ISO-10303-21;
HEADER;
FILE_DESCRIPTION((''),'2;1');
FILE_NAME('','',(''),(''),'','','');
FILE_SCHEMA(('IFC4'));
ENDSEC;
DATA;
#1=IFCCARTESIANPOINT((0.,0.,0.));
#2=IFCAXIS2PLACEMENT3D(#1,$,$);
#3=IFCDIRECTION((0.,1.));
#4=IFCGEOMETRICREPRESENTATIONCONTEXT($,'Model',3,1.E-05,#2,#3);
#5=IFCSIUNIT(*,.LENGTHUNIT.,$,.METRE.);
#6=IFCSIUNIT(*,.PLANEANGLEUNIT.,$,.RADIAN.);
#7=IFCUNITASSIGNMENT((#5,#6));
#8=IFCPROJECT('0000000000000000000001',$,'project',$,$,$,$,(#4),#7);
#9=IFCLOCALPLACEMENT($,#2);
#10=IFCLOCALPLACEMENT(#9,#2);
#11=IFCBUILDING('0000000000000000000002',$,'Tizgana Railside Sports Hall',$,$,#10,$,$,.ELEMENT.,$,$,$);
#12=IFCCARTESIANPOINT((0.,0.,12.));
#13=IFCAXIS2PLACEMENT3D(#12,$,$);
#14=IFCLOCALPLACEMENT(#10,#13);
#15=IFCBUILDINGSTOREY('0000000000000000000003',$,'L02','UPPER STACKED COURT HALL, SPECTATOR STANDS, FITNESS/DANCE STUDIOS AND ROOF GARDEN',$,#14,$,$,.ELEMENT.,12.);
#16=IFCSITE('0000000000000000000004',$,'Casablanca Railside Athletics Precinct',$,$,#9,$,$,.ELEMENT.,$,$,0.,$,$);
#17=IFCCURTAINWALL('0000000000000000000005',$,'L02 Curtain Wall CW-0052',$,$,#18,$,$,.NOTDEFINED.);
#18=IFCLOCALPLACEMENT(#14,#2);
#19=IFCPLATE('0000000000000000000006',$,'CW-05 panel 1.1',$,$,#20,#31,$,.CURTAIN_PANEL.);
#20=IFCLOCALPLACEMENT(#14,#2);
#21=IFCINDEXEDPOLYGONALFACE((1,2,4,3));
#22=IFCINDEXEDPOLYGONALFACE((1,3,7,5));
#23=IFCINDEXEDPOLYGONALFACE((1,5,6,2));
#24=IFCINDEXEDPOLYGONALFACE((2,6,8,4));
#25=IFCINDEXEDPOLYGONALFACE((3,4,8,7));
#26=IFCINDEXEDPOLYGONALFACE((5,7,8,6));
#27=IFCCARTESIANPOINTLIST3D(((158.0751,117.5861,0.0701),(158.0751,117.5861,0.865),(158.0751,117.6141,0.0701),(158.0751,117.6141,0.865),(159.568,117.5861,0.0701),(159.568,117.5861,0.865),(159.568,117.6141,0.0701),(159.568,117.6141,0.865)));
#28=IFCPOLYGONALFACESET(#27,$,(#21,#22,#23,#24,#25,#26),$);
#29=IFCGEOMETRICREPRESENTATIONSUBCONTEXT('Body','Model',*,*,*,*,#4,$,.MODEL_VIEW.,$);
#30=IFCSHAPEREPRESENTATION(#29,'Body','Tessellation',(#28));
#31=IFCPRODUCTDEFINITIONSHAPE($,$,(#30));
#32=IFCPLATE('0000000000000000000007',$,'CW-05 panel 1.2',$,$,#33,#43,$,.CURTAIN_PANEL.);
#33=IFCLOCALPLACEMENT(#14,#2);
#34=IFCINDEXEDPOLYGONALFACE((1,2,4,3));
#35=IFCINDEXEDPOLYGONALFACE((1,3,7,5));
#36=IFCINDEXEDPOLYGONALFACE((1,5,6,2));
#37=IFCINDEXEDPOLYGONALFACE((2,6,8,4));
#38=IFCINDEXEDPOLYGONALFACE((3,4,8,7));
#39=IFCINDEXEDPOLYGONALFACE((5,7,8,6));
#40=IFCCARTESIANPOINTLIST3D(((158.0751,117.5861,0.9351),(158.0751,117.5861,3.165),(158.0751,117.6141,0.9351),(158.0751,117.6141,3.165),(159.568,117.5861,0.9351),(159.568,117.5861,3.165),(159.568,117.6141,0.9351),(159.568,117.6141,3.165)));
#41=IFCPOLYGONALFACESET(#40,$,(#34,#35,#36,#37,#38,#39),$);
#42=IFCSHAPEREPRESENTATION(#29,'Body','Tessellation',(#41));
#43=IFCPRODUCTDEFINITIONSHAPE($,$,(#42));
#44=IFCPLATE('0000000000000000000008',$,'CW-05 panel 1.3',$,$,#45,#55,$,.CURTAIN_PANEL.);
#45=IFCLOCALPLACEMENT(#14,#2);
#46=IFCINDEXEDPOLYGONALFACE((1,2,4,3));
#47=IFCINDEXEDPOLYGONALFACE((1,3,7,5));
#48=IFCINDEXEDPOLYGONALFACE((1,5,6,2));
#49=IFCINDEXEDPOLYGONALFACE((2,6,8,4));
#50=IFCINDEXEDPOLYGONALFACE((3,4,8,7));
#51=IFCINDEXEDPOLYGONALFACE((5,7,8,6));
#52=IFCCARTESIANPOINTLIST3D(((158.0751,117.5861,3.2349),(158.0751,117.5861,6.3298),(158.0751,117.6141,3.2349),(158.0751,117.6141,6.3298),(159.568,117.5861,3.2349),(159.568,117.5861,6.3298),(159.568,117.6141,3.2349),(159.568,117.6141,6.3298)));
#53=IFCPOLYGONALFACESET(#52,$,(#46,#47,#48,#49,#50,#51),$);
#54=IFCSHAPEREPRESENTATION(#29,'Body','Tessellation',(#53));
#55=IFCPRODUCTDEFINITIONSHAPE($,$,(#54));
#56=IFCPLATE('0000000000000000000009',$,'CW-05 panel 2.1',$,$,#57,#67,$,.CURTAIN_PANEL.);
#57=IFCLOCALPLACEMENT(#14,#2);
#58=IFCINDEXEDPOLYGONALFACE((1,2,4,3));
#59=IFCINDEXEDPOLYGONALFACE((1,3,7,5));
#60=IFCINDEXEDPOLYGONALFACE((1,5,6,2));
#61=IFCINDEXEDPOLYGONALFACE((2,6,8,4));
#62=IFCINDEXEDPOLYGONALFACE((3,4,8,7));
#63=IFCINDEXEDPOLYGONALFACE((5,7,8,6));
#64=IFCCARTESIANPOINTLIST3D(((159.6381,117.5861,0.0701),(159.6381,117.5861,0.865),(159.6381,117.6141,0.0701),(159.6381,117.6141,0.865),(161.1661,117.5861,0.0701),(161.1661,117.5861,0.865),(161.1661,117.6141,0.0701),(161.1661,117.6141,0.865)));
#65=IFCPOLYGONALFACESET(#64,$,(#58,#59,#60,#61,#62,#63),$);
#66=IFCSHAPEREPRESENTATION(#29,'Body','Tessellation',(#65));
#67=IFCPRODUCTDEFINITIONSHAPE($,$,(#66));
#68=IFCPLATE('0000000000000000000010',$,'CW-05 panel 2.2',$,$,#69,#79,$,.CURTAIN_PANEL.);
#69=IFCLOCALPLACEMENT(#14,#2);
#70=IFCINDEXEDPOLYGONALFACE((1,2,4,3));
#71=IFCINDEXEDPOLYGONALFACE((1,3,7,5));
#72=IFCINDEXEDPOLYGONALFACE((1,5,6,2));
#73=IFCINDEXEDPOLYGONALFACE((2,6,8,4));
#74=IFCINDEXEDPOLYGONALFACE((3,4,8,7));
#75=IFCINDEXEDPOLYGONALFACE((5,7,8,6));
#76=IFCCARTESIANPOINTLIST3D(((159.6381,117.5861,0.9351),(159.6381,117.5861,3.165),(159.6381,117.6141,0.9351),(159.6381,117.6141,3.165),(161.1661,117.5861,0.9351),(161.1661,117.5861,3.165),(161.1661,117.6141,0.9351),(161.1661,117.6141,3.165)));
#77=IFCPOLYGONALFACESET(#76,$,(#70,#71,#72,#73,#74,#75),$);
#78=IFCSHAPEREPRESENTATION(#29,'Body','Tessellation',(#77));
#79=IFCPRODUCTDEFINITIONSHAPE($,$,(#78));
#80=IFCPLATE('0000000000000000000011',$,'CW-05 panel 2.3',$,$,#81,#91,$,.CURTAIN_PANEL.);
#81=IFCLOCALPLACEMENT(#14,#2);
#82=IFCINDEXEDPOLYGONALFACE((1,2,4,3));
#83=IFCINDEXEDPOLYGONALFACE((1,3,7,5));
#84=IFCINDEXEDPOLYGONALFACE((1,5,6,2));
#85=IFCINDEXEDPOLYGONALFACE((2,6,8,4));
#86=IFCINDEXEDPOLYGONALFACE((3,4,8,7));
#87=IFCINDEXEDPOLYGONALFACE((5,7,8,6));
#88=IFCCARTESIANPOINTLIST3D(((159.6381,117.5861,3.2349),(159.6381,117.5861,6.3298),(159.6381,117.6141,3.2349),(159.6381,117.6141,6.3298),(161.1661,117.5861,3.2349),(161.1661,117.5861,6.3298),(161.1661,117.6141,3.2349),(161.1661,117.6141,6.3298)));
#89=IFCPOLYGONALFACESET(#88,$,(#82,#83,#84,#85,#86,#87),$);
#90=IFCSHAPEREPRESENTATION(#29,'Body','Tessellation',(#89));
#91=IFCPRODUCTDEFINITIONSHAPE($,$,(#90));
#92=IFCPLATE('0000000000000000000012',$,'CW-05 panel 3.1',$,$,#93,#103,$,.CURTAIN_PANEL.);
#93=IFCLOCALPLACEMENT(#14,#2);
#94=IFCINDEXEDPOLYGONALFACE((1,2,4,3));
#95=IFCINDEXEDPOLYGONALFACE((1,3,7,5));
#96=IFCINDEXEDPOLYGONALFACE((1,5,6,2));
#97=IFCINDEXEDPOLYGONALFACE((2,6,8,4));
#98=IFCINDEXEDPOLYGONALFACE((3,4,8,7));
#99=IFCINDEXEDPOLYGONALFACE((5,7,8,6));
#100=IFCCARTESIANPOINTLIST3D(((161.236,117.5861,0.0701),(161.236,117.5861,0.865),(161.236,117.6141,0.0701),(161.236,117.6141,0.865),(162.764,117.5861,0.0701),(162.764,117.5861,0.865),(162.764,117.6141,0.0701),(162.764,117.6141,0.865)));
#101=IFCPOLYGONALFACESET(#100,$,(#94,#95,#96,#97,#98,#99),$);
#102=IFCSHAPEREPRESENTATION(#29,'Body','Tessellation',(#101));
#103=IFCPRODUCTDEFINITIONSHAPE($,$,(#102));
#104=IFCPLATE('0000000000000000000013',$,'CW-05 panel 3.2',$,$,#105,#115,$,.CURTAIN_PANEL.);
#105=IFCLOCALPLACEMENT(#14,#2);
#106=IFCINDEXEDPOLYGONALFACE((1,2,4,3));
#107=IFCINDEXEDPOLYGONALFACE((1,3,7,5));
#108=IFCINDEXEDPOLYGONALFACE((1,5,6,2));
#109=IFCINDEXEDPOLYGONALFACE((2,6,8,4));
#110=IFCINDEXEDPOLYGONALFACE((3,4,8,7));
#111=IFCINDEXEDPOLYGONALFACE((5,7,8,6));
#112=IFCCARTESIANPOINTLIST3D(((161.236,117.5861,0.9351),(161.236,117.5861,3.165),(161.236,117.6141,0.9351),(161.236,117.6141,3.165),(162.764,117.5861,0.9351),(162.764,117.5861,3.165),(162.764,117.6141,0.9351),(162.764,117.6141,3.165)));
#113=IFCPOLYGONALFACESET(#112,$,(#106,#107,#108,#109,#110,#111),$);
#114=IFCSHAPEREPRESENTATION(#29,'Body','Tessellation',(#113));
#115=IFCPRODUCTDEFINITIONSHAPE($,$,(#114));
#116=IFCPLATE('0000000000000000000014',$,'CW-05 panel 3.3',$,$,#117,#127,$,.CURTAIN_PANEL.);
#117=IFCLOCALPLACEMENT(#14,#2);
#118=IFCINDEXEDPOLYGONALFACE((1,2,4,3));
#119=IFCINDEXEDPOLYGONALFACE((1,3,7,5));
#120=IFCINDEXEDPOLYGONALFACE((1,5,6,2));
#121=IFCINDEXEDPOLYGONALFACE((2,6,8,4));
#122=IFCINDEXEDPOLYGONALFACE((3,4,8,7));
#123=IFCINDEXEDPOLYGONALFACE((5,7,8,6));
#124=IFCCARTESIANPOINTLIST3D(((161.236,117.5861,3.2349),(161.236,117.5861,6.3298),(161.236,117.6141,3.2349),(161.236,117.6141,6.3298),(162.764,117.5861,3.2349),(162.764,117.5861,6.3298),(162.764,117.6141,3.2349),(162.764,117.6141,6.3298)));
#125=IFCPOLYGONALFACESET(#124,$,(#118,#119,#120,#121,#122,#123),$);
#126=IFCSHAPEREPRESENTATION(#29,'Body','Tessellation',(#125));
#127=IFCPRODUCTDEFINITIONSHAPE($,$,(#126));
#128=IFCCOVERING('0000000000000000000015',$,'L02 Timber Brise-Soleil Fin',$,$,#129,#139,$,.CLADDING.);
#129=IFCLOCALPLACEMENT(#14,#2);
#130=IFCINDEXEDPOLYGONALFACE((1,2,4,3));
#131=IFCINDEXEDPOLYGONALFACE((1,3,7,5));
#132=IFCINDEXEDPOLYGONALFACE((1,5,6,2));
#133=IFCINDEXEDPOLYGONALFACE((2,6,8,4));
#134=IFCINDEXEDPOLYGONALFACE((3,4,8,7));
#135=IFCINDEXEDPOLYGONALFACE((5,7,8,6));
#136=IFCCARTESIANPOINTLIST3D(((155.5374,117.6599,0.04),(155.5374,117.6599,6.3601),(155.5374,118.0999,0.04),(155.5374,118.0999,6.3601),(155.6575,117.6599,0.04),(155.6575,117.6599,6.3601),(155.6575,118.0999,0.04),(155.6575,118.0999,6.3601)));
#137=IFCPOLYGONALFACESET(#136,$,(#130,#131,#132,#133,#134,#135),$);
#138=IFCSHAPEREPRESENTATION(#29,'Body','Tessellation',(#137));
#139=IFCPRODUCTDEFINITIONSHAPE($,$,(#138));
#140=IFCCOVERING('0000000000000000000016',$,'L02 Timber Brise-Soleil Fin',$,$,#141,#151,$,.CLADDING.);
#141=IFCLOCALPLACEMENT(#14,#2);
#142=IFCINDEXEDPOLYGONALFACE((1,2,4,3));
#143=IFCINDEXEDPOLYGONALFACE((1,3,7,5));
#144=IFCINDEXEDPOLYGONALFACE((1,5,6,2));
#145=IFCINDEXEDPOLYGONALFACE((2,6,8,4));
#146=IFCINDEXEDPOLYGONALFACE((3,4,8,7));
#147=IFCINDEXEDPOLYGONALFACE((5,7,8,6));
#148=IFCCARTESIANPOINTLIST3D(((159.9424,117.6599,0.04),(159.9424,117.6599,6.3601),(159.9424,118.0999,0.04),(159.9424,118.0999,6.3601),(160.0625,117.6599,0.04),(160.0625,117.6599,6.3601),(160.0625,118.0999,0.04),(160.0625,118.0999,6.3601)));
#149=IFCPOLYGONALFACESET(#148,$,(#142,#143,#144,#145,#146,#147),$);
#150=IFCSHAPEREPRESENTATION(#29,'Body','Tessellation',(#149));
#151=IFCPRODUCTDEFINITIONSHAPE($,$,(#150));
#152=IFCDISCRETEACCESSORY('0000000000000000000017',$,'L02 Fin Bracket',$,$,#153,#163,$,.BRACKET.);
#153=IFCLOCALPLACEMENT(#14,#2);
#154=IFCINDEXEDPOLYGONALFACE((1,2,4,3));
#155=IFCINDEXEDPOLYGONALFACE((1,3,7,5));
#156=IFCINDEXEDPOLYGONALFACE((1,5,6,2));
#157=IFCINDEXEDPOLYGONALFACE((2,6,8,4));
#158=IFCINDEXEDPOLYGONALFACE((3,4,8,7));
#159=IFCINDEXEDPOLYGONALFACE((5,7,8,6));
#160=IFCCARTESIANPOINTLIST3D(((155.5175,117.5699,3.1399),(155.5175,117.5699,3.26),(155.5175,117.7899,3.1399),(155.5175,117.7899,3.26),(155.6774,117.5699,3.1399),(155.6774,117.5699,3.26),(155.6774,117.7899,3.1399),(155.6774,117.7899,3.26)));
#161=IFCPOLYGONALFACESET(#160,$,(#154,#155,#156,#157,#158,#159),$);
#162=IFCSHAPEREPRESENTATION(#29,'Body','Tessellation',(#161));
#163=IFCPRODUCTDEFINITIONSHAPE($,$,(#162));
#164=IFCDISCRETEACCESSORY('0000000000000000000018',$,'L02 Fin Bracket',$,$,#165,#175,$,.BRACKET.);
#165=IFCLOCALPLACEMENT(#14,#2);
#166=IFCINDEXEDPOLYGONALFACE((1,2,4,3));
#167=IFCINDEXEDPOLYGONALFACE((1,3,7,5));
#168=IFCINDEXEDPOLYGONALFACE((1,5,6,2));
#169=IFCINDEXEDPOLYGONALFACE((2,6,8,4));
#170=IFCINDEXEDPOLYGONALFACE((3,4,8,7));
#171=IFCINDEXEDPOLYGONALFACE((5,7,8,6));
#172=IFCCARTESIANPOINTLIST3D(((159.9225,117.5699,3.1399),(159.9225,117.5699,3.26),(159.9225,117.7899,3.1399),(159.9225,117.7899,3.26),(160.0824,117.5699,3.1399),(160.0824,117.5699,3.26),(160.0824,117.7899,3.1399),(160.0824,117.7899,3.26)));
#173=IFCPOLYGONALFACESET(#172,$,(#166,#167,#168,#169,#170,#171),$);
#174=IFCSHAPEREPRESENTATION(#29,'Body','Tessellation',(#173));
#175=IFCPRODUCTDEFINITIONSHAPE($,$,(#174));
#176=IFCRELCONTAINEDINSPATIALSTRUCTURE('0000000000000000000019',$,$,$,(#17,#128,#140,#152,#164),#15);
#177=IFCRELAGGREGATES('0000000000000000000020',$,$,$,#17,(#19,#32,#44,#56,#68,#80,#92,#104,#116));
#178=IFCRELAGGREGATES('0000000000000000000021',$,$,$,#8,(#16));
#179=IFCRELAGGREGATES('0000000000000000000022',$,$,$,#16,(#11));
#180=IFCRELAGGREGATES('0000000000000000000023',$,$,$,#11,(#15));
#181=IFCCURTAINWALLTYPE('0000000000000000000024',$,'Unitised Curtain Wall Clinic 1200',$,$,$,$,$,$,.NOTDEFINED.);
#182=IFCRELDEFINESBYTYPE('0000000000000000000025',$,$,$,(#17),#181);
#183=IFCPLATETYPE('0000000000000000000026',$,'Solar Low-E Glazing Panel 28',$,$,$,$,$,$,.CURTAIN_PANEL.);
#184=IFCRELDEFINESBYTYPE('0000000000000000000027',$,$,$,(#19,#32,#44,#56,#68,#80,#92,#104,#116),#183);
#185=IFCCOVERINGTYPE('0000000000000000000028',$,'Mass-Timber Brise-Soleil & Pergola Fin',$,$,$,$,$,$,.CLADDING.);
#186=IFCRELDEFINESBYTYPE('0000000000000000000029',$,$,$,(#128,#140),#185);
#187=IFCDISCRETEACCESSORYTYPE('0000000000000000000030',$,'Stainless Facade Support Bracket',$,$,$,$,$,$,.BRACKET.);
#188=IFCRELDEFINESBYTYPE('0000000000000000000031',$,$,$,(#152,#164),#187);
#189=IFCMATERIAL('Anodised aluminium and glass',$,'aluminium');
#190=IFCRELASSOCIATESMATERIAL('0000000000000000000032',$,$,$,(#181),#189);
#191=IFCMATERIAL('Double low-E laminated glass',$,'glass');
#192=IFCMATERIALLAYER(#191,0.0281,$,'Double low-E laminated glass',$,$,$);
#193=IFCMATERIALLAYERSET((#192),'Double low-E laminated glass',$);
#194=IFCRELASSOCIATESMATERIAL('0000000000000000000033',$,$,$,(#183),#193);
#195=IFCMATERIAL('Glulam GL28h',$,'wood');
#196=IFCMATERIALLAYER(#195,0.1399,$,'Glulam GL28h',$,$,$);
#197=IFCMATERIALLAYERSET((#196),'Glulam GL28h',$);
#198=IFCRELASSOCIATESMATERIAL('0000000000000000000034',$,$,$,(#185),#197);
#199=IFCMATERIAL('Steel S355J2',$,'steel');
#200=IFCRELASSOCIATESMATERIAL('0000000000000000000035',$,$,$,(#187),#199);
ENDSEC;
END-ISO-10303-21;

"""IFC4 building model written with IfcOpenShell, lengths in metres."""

from ifc_helpers import new_model, si_unit, direction, frame, origin, origin_2d, place, context, subcontext, project, spatial, rectangle, extrude, material, layer, layer_set, type_object, element, aggregate, save


model = new_model("IFC4")

# Units and contexts
model_context = context("Model", 3, precision=1e-05, world=origin(), true_north=direction((0.0, 1.0)))
body_context = subcontext(model_context, "Body", "Model", "MODEL_VIEW")
ifc_project = project(units=[si_unit("LENGTHUNIT", "METRE"), si_unit("PLANEANGLEUNIT", "RADIAN")], contexts=[model_context])

# Site, building, storey
site_placement = place(None, origin())
site = spatial("IfcSite", under=ifc_project, at=site_placement, Name="Casablanca Railside Athletics Precinct", CompositionType="ELEMENT", RefElevation=0.0)
building_placement = place(site_placement, origin())
building = spatial("IfcBuilding", under=site, at=building_placement, Name="Tizgana Railside Sports Hall", CompositionType="ELEMENT")
storey_placement = place(building_placement, frame((0.0, 0.0, 12.0)))
storey = spatial("IfcBuildingStorey", under=building, at=storey_placement, Name="L02", Description="UPPER STACKED COURT HALL, SPECTATOR STANDS, FITNESS/DANCE STUDIOS AND ROOF GARDEN", CompositionType="ELEMENT", Elevation=12.0)

# Shared definitions
ifc_material_1 = material(Name="Steel S355J2", Category="steel")

# Curtain wall
ifc_material_2 = material(Name="Anodised aluminium and glass", Category="aluminium")
curtain_wall_type_1 = type_object("IfcCurtainWallType", Name="Unitised Curtain Wall Clinic 1200", PredefinedType="NOTDEFINED", material=ifc_material_2)
curtain_wall_1_placement = place(storey_placement, origin())
curtain_wall_1 = element("IfcCurtainWall", 1, at=curtain_wall_1_placement, inside=storey, type_object=curtain_wall_type_1, Name="L02 Curtain Wall CW-0052", PredefinedType="NOTDEFINED")

# Plates
ifc_material_3 = material(Name="Double low-E laminated glass", Category="glass")
ifc_layer_1 = layer(ifc_material_3, 0.0281, Name="Double low-E laminated glass")
ifc_layer_set_1 = layer_set([ifc_layer_1], Name="Double low-E laminated glass")
plate_type_1 = type_object("IfcPlateType", Name="Solar Low-E Glazing Panel 28", PredefinedType="CURTAIN_PANEL", material=ifc_layer_set_1)
plate_1_placement = place(storey_placement, frame((158.8215, 117.6001, 0.0701), z_axis=(0.0, 0.0, 1.0), x_axis=(1.0, 0.0, 0.0)))
plate_1 = element("IfcPlate", 2, at=plate_1_placement, type_object=plate_type_1, Name="CW-05 panel 1.1", PredefinedType="CURTAIN_PANEL", context=body_context, shape_type="SweptSolid", body=[
    extrude(rectangle(XDim=1.4929, YDim=0.0281, at=origin_2d()), origin(), (0.0, 0.0, 1.0), 0.7949),
])
plate_2_placement = place(storey_placement, frame((158.8215, 117.6001, 0.9351), z_axis=(0.0, 0.0, 1.0), x_axis=(1.0, 0.0, 0.0)))
plate_2 = element("IfcPlate", 3, at=plate_2_placement, type_object=plate_type_1, Name="CW-05 panel 1.2", PredefinedType="CURTAIN_PANEL", context=body_context, shape_type="SweptSolid", body=[
    extrude(rectangle(XDim=1.4929, YDim=0.0281, at=origin_2d()), origin(), (0.0, 0.0, 1.0), 2.23),
])
plate_3_placement = place(storey_placement, frame((158.8215, 117.6001, 3.2349), z_axis=(0.0, 0.0, 1.0), x_axis=(1.0, 0.0, 0.0)))
plate_3 = element("IfcPlate", 4, at=plate_3_placement, type_object=plate_type_1, Name="CW-05 panel 1.3", PredefinedType="CURTAIN_PANEL", context=body_context, shape_type="SweptSolid", body=[
    extrude(rectangle(XDim=1.4929, YDim=0.0281, at=origin_2d()), origin(), (0.0, 0.0, 1.0), 3.095),
])
plate_4_placement = place(storey_placement, frame((160.4021, 117.6001, 0.0701), z_axis=(0.0, 0.0, 1.0), x_axis=(1.0, 0.0, 0.0)))
plate_4 = element("IfcPlate", 5, at=plate_4_placement, type_object=plate_type_1, Name="CW-05 panel 2.1", PredefinedType="CURTAIN_PANEL", context=body_context, shape_type="SweptSolid", body=[
    extrude(rectangle(XDim=1.5281, YDim=0.0281, at=origin_2d()), origin(), (0.0, 0.0, 1.0), 0.7949),
])
plate_5_placement = place(storey_placement, frame((160.4021, 117.6001, 0.9351), z_axis=(0.0, 0.0, 1.0), x_axis=(1.0, 0.0, 0.0)))
plate_5 = element("IfcPlate", 6, at=plate_5_placement, type_object=plate_type_1, Name="CW-05 panel 2.2", PredefinedType="CURTAIN_PANEL", context=body_context, shape_type="SweptSolid", body=[
    extrude(rectangle(XDim=1.5281, YDim=0.0281, at=origin_2d()), origin(), (0.0, 0.0, 1.0), 2.23),
])
plate_6_placement = place(storey_placement, frame((160.4021, 117.6001, 3.2349), z_axis=(0.0, 0.0, 1.0), x_axis=(1.0, 0.0, 0.0)))
plate_6 = element("IfcPlate", 7, at=plate_6_placement, type_object=plate_type_1, Name="CW-05 panel 2.3", PredefinedType="CURTAIN_PANEL", context=body_context, shape_type="SweptSolid", body=[
    extrude(rectangle(XDim=1.5281, YDim=0.0281, at=origin_2d()), origin(), (0.0, 0.0, 1.0), 3.095),
])
plate_7_placement = place(storey_placement, frame((162.0, 117.6001, 0.0701), z_axis=(0.0, 0.0, 1.0), x_axis=(1.0, 0.0, 0.0)))
plate_7 = element("IfcPlate", 8, at=plate_7_placement, type_object=plate_type_1, Name="CW-05 panel 3.1", PredefinedType="CURTAIN_PANEL", context=body_context, shape_type="SweptSolid", body=[
    extrude(rectangle(XDim=1.5281, YDim=0.0281, at=origin_2d()), origin(), (0.0, 0.0, 1.0), 0.7949),
])
plate_8_placement = place(storey_placement, frame((162.0, 117.6001, 0.9351), z_axis=(0.0, 0.0, 1.0), x_axis=(1.0, 0.0, 0.0)))
plate_8 = element("IfcPlate", 9, at=plate_8_placement, type_object=plate_type_1, Name="CW-05 panel 3.2", PredefinedType="CURTAIN_PANEL", context=body_context, shape_type="SweptSolid", body=[
    extrude(rectangle(XDim=1.5281, YDim=0.0281, at=origin_2d()), origin(), (0.0, 0.0, 1.0), 2.23),
])
plate_9_placement = place(storey_placement, frame((162.0, 117.6001, 3.2349), z_axis=(0.0, 0.0, 1.0), x_axis=(1.0, 0.0, 0.0)))
plate_9 = element("IfcPlate", 10, at=plate_9_placement, type_object=plate_type_1, Name="CW-05 panel 3.3", PredefinedType="CURTAIN_PANEL", context=body_context, shape_type="SweptSolid", body=[
    extrude(rectangle(XDim=1.5281, YDim=0.0281, at=origin_2d()), origin(), (0.0, 0.0, 1.0), 3.095),
])
aggregate(curtain_wall_1, [plate_1, plate_2, plate_3, plate_4, plate_5, plate_6, plate_7, plate_8, plate_9])

# Coverings
ifc_material_4 = material(Name="Glulam GL28h", Category="wood")
ifc_layer_2 = layer(ifc_material_4, 0.1399, Name="Glulam GL28h")
ifc_layer_set_2 = layer_set([ifc_layer_2], Name="Glulam GL28h")
covering_type = type_object("IfcCoveringType", Name="Mass-Timber Brise-Soleil & Pergola Fin", PredefinedType="CLADDING", material=ifc_layer_set_2)
for number, where, z_axis, x_axis, name in (
    (11, (155.5974, 117.8799, 0.04), (0.0, 0.0, 1.0), (1.0, 0.0, 0.0), "L02 Timber Brise-Soleil Fin"),
    (12, (160.0024, 117.8799, 0.04), (0.0, 0.0, 1.0), (1.0, 0.0, 0.0), "L02 Timber Brise-Soleil Fin"),
):
    element("IfcCovering", number, at=place(storey_placement, frame(where, z_axis=z_axis, x_axis=x_axis)), inside=storey, type_object=covering_type, Name=name, PredefinedType="CLADDING", context=body_context, shape_type="SweptSolid", body=[
        extrude(rectangle(XDim=0.1201, YDim=0.4399, at=origin_2d()), origin(), (0.0, 0.0, 1.0), 6.3201),
    ])

# Discrete accessories
discrete_accessory_type = type_object("IfcDiscreteAccessoryType", Name="Stainless Facade Support Bracket", PredefinedType="BRACKET", material=ifc_material_1)
for number, where, z_axis, x_axis, name in (
    (13, (155.5974, 117.6799, 3.1399), (0.0, 0.0, 1.0), (1.0, 0.0, 0.0), "L02 Fin Bracket"),
    (14, (160.0024, 117.6799, 3.1399), (0.0, 0.0, 1.0), (1.0, 0.0, 0.0), "L02 Fin Bracket"),
):
    element("IfcDiscreteAccessory", number, at=place(storey_placement, frame(where, z_axis=z_axis, x_axis=x_axis)), inside=storey, type_object=discrete_accessory_type, Name=name, PredefinedType="BRACKET", context=body_context, shape_type="SweptSolid", body=[
        extrude(rectangle(XDim=0.1599, YDim=0.22, at=origin_2d()), origin(), (0.0, 0.0, 1.0), 0.1201),
    ])

save(model, "model.ifc")
